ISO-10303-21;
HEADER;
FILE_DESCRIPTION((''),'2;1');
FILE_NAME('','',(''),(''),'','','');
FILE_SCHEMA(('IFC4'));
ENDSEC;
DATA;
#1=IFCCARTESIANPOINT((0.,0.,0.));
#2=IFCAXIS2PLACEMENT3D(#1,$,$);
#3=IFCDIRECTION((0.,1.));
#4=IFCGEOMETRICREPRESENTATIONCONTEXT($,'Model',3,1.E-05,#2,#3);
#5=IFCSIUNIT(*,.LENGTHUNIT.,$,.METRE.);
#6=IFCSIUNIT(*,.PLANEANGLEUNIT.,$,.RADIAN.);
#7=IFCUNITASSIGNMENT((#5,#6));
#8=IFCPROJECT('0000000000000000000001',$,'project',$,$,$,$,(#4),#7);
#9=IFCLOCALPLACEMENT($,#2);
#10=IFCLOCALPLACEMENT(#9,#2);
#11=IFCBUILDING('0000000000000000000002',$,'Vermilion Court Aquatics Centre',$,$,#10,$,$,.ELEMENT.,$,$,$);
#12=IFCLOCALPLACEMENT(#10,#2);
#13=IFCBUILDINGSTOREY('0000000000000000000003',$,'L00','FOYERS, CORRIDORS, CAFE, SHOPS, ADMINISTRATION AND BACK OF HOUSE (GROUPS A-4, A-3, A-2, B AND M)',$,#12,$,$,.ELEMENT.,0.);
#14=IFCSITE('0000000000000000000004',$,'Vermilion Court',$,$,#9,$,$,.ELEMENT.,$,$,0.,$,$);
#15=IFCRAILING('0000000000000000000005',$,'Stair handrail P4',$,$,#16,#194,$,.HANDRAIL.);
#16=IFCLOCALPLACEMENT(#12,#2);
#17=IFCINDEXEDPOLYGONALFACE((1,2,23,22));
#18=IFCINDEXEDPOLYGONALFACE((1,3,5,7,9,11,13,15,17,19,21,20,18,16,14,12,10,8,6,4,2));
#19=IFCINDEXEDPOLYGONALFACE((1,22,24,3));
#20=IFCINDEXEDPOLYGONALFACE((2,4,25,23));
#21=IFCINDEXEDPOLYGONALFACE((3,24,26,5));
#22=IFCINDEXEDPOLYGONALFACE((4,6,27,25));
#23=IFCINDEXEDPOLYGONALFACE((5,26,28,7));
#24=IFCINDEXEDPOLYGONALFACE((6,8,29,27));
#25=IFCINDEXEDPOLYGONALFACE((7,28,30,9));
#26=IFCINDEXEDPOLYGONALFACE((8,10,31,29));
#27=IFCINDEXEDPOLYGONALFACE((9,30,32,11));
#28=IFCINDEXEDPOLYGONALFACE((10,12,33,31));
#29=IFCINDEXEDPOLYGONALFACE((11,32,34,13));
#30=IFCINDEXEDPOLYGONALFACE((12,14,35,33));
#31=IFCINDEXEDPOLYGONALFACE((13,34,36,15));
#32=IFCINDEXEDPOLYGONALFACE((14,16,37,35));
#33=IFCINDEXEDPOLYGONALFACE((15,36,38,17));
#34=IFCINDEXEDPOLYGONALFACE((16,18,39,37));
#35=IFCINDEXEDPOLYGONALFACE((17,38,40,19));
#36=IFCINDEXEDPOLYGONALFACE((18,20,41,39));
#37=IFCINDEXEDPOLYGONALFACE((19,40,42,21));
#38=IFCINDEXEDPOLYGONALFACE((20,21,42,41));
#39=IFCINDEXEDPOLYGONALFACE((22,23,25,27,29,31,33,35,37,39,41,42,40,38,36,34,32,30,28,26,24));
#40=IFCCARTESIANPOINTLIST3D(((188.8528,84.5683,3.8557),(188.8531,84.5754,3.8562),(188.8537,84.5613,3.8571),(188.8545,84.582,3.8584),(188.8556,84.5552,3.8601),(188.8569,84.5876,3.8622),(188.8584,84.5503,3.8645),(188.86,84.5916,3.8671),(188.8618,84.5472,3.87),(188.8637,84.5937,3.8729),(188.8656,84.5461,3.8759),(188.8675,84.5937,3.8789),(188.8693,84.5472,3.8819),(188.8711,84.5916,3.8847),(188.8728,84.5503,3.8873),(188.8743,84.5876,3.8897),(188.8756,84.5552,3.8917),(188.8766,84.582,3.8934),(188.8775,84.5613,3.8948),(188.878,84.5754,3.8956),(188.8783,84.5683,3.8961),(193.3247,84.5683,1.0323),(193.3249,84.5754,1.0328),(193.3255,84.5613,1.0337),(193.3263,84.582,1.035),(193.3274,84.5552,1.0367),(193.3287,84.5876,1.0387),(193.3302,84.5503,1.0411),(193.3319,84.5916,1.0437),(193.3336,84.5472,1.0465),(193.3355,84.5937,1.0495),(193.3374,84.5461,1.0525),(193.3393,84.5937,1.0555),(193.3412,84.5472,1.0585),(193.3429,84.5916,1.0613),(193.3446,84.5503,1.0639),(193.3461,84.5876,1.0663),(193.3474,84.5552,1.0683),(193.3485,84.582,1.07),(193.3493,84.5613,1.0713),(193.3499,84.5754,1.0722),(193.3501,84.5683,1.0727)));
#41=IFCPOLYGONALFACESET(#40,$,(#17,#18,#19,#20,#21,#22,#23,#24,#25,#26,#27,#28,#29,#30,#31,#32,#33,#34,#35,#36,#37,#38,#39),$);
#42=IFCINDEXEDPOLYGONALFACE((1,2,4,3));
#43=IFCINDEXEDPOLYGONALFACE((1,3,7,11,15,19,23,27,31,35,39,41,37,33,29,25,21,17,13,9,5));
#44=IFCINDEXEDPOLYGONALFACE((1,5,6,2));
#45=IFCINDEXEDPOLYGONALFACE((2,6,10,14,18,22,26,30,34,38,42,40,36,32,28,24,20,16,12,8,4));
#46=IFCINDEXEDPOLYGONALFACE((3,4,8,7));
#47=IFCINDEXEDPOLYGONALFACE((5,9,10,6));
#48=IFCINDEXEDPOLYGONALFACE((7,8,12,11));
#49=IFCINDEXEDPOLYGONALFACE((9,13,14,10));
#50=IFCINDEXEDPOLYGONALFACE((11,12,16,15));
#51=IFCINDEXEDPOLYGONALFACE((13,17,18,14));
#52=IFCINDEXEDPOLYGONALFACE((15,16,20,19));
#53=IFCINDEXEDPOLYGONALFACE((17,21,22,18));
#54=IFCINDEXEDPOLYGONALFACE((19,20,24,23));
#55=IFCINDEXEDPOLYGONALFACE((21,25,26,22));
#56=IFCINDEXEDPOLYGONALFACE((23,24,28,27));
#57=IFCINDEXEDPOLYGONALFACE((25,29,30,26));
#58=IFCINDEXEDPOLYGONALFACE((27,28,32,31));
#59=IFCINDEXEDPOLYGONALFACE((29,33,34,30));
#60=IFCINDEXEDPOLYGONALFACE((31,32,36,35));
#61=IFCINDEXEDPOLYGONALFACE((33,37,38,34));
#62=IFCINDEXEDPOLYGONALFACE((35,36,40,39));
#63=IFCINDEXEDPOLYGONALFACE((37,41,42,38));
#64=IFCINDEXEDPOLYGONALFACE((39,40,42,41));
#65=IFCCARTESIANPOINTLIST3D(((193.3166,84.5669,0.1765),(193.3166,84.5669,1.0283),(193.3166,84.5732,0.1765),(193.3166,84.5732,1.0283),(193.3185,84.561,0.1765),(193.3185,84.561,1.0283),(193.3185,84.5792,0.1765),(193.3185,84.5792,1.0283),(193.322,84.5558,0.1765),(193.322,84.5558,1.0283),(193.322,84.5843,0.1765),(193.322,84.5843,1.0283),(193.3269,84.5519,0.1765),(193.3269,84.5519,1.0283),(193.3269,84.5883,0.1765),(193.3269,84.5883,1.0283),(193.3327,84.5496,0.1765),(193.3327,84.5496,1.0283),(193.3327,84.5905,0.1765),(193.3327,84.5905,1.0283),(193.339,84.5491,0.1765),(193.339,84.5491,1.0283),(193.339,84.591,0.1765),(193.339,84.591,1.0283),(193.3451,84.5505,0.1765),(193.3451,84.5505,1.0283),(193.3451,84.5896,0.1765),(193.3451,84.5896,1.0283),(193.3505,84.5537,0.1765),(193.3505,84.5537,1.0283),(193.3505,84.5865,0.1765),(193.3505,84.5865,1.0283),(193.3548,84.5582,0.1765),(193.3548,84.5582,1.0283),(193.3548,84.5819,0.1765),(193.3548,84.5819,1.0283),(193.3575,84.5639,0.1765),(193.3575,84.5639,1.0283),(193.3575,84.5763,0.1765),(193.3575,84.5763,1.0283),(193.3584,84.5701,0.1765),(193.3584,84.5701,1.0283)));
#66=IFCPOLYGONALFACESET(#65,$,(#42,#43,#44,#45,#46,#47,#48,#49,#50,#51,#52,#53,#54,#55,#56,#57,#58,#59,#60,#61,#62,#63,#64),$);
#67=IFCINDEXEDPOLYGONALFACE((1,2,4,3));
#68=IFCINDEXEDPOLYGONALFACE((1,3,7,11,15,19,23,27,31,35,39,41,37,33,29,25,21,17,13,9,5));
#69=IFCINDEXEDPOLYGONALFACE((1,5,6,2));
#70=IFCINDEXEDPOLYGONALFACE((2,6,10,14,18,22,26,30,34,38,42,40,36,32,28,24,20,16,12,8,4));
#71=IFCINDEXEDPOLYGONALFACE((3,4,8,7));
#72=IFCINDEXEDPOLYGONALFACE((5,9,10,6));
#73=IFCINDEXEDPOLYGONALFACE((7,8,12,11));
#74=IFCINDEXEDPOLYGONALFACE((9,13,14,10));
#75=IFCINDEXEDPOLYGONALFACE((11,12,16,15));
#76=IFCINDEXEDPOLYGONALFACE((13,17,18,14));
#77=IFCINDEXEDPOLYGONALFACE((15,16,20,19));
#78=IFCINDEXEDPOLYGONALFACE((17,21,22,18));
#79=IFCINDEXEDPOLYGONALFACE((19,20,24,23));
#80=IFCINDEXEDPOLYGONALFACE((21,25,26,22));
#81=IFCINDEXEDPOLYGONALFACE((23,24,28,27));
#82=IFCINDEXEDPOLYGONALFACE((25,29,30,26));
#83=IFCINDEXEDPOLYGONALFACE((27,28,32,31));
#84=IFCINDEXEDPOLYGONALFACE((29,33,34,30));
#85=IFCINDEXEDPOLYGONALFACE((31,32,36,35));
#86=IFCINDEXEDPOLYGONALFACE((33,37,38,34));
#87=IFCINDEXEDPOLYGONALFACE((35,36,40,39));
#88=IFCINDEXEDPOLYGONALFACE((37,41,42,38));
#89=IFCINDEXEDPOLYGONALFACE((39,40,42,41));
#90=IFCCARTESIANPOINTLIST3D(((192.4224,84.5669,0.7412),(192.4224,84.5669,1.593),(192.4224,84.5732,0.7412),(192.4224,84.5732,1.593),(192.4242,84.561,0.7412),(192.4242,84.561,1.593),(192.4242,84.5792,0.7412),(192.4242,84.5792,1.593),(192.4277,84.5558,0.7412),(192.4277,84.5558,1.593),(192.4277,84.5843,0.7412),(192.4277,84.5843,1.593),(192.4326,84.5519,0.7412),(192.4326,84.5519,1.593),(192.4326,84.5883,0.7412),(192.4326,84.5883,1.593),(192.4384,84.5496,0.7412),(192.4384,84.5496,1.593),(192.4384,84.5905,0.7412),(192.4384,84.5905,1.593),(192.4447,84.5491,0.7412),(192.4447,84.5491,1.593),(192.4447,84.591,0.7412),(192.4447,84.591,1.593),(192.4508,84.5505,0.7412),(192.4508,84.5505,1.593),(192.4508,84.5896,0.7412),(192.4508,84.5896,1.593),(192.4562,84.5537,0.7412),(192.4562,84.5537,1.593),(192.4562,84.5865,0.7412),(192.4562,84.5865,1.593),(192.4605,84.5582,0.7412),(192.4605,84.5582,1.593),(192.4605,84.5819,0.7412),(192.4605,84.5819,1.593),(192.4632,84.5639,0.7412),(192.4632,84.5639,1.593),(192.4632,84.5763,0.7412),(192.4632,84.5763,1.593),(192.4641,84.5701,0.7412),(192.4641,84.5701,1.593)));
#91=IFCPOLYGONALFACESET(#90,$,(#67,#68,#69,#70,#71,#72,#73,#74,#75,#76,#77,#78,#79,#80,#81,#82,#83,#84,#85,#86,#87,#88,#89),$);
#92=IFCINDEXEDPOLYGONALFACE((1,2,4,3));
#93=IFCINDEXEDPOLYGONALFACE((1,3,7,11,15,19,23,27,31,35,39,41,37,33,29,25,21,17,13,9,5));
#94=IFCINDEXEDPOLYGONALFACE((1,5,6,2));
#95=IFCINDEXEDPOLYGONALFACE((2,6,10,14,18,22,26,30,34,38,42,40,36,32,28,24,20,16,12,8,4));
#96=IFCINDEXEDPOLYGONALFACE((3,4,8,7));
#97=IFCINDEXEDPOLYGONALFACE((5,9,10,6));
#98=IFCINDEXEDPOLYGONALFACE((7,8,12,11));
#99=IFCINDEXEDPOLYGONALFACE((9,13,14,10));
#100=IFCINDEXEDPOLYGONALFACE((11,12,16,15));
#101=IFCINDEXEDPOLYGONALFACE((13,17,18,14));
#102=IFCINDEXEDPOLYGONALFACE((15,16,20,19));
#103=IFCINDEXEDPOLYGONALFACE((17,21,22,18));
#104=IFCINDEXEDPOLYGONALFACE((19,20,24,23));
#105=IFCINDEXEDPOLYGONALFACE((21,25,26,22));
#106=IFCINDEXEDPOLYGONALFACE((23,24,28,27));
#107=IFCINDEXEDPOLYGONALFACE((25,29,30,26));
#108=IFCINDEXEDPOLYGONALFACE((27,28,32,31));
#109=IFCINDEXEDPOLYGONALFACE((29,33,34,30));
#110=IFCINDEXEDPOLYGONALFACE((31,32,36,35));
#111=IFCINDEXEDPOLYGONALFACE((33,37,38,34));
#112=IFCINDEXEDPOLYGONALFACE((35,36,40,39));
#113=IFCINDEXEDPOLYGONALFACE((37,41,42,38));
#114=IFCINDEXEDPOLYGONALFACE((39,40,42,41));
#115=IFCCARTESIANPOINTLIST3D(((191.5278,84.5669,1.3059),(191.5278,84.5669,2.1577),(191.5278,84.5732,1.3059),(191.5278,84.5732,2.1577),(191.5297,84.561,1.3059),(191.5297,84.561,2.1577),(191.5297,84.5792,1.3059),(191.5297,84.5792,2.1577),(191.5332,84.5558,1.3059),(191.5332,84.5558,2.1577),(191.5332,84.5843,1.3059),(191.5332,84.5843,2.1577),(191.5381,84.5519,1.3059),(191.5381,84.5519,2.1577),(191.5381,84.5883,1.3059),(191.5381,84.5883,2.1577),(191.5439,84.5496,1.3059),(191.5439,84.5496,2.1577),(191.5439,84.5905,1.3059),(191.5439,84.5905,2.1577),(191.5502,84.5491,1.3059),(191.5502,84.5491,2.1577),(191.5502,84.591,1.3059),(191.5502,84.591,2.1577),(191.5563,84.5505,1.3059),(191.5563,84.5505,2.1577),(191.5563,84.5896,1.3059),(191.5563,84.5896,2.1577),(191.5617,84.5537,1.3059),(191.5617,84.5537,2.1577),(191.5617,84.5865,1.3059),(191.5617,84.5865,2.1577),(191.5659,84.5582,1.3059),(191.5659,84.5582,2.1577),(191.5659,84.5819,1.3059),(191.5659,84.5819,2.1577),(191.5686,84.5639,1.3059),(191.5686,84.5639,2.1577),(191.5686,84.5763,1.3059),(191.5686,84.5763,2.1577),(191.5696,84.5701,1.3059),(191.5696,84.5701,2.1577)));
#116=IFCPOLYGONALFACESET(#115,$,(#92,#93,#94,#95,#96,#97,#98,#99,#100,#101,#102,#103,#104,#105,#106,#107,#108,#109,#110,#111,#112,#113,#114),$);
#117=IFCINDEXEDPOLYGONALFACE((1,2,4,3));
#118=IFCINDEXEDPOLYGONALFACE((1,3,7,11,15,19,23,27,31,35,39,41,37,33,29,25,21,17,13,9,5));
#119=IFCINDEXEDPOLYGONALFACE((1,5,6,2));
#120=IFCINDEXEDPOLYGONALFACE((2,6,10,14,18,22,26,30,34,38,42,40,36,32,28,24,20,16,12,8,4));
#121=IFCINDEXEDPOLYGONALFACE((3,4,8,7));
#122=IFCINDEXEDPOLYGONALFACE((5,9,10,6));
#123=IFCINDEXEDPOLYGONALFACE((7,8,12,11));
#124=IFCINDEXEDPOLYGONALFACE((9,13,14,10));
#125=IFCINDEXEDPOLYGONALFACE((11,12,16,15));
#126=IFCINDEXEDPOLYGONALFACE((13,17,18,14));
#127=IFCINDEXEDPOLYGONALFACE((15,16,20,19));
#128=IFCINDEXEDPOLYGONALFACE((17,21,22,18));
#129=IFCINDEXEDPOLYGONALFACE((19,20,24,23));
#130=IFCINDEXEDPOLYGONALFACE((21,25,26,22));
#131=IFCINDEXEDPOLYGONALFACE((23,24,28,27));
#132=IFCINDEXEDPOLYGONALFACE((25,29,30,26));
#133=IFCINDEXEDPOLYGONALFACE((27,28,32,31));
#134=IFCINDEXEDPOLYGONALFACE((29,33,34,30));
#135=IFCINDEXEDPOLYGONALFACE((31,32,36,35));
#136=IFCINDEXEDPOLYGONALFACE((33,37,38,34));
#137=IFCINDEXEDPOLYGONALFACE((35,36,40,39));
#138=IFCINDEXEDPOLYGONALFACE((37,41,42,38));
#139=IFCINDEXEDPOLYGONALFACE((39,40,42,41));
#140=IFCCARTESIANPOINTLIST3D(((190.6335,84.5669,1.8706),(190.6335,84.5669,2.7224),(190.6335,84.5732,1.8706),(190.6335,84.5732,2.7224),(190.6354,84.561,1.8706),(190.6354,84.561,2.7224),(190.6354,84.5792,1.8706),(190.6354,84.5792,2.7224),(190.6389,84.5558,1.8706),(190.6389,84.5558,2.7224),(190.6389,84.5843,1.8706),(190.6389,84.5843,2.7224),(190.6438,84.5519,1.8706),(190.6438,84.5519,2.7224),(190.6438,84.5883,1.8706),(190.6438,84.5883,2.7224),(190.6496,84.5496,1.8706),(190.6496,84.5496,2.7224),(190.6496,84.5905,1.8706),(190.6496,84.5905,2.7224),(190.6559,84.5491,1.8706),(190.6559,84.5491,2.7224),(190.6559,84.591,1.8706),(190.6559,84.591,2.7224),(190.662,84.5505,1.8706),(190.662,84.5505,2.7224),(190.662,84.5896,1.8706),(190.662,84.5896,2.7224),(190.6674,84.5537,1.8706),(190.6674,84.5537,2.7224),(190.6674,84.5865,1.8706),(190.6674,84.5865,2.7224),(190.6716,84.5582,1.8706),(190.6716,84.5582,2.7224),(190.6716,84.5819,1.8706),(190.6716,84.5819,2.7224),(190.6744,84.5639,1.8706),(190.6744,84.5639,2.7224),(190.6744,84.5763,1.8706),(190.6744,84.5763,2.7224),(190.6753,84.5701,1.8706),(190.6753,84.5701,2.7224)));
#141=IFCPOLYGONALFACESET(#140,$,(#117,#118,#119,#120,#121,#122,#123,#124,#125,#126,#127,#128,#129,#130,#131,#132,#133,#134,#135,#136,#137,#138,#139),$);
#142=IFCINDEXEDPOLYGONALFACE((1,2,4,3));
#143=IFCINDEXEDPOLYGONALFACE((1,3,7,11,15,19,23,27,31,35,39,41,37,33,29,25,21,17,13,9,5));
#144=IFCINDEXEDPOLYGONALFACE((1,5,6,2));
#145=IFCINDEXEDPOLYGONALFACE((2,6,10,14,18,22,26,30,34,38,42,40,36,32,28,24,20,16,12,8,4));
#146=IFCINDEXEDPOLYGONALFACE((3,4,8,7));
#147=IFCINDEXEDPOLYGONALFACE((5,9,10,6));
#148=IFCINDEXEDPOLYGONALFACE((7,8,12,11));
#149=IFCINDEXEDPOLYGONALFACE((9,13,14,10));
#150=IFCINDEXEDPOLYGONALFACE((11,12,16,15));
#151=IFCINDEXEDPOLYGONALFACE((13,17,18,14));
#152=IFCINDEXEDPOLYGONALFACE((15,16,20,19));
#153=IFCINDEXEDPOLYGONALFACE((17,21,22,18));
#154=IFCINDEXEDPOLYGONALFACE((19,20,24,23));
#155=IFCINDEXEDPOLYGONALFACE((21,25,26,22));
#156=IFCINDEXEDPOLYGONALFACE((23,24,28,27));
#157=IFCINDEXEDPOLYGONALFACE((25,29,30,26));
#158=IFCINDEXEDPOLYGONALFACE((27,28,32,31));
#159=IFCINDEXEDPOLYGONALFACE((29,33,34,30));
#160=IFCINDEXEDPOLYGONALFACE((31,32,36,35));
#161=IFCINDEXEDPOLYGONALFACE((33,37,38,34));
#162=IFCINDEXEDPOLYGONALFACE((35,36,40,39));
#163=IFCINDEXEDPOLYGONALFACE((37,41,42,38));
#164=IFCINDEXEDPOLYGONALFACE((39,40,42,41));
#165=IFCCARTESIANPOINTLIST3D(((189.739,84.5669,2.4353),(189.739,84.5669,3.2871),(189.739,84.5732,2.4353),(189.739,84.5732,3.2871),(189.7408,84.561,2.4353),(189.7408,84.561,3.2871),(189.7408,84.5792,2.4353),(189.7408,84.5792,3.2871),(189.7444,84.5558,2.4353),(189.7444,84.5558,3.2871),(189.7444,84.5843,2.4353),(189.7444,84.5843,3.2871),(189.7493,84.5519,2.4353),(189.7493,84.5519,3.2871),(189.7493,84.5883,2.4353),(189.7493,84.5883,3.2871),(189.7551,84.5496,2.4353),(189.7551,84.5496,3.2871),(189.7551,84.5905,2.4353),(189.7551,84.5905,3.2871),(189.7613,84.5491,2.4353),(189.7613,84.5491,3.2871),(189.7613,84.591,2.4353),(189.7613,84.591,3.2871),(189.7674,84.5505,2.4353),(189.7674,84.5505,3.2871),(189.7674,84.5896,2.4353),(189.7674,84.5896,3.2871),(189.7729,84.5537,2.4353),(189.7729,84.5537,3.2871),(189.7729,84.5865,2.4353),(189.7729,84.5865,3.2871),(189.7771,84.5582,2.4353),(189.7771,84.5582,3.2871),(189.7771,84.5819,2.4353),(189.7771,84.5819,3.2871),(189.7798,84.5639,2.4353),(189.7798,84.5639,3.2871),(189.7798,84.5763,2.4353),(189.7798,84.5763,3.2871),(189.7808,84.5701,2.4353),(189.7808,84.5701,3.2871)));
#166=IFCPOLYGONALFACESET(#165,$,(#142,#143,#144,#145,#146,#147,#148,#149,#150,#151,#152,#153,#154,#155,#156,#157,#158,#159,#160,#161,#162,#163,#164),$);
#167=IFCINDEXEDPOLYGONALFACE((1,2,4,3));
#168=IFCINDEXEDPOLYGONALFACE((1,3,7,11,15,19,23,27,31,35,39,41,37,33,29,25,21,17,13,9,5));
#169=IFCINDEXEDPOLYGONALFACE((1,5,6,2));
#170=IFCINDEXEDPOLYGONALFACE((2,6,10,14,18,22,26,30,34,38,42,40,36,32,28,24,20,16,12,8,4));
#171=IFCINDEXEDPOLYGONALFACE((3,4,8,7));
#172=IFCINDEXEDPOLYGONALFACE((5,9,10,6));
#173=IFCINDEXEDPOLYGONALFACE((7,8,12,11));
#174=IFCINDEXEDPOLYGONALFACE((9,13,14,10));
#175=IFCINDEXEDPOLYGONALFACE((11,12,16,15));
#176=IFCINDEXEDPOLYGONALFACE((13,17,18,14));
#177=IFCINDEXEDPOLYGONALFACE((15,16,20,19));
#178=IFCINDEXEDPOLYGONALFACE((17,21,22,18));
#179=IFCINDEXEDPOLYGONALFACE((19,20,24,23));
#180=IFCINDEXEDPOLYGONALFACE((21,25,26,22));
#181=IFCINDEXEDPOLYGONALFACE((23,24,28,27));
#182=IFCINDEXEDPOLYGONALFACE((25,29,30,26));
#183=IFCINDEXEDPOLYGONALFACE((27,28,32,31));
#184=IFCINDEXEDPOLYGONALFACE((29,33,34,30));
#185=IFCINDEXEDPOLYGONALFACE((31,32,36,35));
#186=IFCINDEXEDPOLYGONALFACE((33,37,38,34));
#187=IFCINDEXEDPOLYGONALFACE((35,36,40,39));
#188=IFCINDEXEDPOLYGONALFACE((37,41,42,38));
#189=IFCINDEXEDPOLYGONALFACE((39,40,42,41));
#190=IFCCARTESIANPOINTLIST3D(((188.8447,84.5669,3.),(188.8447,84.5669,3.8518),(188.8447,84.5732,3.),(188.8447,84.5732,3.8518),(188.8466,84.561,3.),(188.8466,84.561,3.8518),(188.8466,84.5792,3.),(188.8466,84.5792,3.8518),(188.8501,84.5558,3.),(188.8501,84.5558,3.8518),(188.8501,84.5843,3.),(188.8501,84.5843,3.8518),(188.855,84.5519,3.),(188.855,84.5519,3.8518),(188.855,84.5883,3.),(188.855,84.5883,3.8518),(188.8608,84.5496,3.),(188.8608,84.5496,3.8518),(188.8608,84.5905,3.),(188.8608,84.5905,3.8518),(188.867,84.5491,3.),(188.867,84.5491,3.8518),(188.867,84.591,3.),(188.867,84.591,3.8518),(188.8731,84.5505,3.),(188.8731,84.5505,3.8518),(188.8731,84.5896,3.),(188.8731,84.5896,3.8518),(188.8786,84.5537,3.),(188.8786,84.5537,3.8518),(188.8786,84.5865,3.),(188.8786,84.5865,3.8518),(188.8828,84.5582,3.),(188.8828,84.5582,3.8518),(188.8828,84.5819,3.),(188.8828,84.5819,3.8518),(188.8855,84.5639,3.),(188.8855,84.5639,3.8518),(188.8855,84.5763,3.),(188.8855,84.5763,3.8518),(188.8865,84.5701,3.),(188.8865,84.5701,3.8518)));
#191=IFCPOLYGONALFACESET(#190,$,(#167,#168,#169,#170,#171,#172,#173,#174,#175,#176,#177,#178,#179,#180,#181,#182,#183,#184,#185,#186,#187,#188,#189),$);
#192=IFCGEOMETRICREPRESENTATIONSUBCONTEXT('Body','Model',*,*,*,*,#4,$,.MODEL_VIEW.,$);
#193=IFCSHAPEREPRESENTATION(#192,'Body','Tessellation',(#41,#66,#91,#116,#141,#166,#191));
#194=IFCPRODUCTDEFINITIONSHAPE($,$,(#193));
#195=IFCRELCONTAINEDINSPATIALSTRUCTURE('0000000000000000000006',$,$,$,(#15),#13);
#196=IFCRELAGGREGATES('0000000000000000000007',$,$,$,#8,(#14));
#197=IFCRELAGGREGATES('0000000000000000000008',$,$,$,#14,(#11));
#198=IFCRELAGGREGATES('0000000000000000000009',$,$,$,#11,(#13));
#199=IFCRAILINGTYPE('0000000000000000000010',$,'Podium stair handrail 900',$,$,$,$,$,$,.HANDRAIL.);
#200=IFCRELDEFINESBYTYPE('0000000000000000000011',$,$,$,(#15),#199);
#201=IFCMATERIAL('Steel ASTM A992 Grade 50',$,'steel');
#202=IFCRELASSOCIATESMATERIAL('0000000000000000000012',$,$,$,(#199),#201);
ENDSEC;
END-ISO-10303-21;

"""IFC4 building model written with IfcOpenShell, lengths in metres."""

from ifc_helpers import new_model, si_unit, direction, frame, origin, origin_2d, place, context, subcontext, project, spatial, circle, extrude, material, type_object, element, save


model = new_model("IFC4")

# Units and contexts
model_context = context("Model", 3, precision=1e-05, world=origin(), true_north=direction((0.0, 1.0)))
body_context = subcontext(model_context, "Body", "Model", "MODEL_VIEW")
ifc_project = project(units=[si_unit("LENGTHUNIT", "METRE"), si_unit("PLANEANGLEUNIT", "RADIAN")], contexts=[model_context])

# Site, building, storey
site_placement = place(None, origin())
site = spatial("IfcSite", under=ifc_project, at=site_placement, Name="Vermilion Court", CompositionType="ELEMENT", RefElevation=0.0)
building_placement = place(site_placement, origin())
building = spatial("IfcBuilding", under=site, at=building_placement, Name="Vermilion Court Aquatics Centre", CompositionType="ELEMENT")
storey_placement = place(building_placement, origin())
storey = spatial("IfcBuildingStorey", under=building, at=storey_placement, Name="L00", Description="FOYERS, CORRIDORS, CAFE, SHOPS, ADMINISTRATION AND BACK OF HOUSE (GROUPS A-4, A-3, A-2, B AND M)", CompositionType="ELEMENT", Elevation=0.0)

# Railing
ifc_material_1 = material(Name="Steel ASTM A992 Grade 50", Category="steel")
railing_type_1 = type_object("IfcRailingType", Name="Podium stair handrail 900", PredefinedType="HANDRAIL", material=ifc_material_1)
railing_1_placement = place(storey_placement, frame((193.3374, 84.5701, 0.1765)))
element("IfcRailing", 1, at=railing_1_placement, inside=storey, type_object=railing_type_1, Name="Stair handrail P4", PredefinedType="HANDRAIL", context=body_context, shape_type="SweptSolid", body=[
    extrude(circle(Radius=0.0239, at=origin_2d()), frame((0.0, 0.0, 0.876), z_axis=(-0.845565, 0.0, 0.533873), x_axis=(0.0, -1.0, 0.0)), (0.0, 0.0, 1.0), 5.2886),
    extrude(circle(Radius=0.021, at=origin_2d()), origin(), (0.0, 0.0, 1.0), 0.8518),
    extrude(circle(Radius=0.021, at=origin_2d()), frame((-0.8943, 0.0, 0.5647)), (0.0, 0.0, 1.0), 0.8518),
    extrude(circle(Radius=0.021, at=origin_2d()), frame((-1.7888, 0.0, 1.1294)), (0.0, 0.0, 1.0), 0.8518),
    extrude(circle(Radius=0.021, at=origin_2d()), frame((-2.6831, 0.0, 1.6941)), (0.0, 0.0, 1.0), 0.8518),
    extrude(circle(Radius=0.021, at=origin_2d()), frame((-3.5776, 0.0, 2.2588)), (0.0, 0.0, 1.0), 0.8518),
    extrude(circle(Radius=0.021, at=origin_2d()), frame((-4.4719, 0.0, 2.8235)), (0.0, 0.0, 1.0), 0.8518),
])

save(model, "model.ifc")
